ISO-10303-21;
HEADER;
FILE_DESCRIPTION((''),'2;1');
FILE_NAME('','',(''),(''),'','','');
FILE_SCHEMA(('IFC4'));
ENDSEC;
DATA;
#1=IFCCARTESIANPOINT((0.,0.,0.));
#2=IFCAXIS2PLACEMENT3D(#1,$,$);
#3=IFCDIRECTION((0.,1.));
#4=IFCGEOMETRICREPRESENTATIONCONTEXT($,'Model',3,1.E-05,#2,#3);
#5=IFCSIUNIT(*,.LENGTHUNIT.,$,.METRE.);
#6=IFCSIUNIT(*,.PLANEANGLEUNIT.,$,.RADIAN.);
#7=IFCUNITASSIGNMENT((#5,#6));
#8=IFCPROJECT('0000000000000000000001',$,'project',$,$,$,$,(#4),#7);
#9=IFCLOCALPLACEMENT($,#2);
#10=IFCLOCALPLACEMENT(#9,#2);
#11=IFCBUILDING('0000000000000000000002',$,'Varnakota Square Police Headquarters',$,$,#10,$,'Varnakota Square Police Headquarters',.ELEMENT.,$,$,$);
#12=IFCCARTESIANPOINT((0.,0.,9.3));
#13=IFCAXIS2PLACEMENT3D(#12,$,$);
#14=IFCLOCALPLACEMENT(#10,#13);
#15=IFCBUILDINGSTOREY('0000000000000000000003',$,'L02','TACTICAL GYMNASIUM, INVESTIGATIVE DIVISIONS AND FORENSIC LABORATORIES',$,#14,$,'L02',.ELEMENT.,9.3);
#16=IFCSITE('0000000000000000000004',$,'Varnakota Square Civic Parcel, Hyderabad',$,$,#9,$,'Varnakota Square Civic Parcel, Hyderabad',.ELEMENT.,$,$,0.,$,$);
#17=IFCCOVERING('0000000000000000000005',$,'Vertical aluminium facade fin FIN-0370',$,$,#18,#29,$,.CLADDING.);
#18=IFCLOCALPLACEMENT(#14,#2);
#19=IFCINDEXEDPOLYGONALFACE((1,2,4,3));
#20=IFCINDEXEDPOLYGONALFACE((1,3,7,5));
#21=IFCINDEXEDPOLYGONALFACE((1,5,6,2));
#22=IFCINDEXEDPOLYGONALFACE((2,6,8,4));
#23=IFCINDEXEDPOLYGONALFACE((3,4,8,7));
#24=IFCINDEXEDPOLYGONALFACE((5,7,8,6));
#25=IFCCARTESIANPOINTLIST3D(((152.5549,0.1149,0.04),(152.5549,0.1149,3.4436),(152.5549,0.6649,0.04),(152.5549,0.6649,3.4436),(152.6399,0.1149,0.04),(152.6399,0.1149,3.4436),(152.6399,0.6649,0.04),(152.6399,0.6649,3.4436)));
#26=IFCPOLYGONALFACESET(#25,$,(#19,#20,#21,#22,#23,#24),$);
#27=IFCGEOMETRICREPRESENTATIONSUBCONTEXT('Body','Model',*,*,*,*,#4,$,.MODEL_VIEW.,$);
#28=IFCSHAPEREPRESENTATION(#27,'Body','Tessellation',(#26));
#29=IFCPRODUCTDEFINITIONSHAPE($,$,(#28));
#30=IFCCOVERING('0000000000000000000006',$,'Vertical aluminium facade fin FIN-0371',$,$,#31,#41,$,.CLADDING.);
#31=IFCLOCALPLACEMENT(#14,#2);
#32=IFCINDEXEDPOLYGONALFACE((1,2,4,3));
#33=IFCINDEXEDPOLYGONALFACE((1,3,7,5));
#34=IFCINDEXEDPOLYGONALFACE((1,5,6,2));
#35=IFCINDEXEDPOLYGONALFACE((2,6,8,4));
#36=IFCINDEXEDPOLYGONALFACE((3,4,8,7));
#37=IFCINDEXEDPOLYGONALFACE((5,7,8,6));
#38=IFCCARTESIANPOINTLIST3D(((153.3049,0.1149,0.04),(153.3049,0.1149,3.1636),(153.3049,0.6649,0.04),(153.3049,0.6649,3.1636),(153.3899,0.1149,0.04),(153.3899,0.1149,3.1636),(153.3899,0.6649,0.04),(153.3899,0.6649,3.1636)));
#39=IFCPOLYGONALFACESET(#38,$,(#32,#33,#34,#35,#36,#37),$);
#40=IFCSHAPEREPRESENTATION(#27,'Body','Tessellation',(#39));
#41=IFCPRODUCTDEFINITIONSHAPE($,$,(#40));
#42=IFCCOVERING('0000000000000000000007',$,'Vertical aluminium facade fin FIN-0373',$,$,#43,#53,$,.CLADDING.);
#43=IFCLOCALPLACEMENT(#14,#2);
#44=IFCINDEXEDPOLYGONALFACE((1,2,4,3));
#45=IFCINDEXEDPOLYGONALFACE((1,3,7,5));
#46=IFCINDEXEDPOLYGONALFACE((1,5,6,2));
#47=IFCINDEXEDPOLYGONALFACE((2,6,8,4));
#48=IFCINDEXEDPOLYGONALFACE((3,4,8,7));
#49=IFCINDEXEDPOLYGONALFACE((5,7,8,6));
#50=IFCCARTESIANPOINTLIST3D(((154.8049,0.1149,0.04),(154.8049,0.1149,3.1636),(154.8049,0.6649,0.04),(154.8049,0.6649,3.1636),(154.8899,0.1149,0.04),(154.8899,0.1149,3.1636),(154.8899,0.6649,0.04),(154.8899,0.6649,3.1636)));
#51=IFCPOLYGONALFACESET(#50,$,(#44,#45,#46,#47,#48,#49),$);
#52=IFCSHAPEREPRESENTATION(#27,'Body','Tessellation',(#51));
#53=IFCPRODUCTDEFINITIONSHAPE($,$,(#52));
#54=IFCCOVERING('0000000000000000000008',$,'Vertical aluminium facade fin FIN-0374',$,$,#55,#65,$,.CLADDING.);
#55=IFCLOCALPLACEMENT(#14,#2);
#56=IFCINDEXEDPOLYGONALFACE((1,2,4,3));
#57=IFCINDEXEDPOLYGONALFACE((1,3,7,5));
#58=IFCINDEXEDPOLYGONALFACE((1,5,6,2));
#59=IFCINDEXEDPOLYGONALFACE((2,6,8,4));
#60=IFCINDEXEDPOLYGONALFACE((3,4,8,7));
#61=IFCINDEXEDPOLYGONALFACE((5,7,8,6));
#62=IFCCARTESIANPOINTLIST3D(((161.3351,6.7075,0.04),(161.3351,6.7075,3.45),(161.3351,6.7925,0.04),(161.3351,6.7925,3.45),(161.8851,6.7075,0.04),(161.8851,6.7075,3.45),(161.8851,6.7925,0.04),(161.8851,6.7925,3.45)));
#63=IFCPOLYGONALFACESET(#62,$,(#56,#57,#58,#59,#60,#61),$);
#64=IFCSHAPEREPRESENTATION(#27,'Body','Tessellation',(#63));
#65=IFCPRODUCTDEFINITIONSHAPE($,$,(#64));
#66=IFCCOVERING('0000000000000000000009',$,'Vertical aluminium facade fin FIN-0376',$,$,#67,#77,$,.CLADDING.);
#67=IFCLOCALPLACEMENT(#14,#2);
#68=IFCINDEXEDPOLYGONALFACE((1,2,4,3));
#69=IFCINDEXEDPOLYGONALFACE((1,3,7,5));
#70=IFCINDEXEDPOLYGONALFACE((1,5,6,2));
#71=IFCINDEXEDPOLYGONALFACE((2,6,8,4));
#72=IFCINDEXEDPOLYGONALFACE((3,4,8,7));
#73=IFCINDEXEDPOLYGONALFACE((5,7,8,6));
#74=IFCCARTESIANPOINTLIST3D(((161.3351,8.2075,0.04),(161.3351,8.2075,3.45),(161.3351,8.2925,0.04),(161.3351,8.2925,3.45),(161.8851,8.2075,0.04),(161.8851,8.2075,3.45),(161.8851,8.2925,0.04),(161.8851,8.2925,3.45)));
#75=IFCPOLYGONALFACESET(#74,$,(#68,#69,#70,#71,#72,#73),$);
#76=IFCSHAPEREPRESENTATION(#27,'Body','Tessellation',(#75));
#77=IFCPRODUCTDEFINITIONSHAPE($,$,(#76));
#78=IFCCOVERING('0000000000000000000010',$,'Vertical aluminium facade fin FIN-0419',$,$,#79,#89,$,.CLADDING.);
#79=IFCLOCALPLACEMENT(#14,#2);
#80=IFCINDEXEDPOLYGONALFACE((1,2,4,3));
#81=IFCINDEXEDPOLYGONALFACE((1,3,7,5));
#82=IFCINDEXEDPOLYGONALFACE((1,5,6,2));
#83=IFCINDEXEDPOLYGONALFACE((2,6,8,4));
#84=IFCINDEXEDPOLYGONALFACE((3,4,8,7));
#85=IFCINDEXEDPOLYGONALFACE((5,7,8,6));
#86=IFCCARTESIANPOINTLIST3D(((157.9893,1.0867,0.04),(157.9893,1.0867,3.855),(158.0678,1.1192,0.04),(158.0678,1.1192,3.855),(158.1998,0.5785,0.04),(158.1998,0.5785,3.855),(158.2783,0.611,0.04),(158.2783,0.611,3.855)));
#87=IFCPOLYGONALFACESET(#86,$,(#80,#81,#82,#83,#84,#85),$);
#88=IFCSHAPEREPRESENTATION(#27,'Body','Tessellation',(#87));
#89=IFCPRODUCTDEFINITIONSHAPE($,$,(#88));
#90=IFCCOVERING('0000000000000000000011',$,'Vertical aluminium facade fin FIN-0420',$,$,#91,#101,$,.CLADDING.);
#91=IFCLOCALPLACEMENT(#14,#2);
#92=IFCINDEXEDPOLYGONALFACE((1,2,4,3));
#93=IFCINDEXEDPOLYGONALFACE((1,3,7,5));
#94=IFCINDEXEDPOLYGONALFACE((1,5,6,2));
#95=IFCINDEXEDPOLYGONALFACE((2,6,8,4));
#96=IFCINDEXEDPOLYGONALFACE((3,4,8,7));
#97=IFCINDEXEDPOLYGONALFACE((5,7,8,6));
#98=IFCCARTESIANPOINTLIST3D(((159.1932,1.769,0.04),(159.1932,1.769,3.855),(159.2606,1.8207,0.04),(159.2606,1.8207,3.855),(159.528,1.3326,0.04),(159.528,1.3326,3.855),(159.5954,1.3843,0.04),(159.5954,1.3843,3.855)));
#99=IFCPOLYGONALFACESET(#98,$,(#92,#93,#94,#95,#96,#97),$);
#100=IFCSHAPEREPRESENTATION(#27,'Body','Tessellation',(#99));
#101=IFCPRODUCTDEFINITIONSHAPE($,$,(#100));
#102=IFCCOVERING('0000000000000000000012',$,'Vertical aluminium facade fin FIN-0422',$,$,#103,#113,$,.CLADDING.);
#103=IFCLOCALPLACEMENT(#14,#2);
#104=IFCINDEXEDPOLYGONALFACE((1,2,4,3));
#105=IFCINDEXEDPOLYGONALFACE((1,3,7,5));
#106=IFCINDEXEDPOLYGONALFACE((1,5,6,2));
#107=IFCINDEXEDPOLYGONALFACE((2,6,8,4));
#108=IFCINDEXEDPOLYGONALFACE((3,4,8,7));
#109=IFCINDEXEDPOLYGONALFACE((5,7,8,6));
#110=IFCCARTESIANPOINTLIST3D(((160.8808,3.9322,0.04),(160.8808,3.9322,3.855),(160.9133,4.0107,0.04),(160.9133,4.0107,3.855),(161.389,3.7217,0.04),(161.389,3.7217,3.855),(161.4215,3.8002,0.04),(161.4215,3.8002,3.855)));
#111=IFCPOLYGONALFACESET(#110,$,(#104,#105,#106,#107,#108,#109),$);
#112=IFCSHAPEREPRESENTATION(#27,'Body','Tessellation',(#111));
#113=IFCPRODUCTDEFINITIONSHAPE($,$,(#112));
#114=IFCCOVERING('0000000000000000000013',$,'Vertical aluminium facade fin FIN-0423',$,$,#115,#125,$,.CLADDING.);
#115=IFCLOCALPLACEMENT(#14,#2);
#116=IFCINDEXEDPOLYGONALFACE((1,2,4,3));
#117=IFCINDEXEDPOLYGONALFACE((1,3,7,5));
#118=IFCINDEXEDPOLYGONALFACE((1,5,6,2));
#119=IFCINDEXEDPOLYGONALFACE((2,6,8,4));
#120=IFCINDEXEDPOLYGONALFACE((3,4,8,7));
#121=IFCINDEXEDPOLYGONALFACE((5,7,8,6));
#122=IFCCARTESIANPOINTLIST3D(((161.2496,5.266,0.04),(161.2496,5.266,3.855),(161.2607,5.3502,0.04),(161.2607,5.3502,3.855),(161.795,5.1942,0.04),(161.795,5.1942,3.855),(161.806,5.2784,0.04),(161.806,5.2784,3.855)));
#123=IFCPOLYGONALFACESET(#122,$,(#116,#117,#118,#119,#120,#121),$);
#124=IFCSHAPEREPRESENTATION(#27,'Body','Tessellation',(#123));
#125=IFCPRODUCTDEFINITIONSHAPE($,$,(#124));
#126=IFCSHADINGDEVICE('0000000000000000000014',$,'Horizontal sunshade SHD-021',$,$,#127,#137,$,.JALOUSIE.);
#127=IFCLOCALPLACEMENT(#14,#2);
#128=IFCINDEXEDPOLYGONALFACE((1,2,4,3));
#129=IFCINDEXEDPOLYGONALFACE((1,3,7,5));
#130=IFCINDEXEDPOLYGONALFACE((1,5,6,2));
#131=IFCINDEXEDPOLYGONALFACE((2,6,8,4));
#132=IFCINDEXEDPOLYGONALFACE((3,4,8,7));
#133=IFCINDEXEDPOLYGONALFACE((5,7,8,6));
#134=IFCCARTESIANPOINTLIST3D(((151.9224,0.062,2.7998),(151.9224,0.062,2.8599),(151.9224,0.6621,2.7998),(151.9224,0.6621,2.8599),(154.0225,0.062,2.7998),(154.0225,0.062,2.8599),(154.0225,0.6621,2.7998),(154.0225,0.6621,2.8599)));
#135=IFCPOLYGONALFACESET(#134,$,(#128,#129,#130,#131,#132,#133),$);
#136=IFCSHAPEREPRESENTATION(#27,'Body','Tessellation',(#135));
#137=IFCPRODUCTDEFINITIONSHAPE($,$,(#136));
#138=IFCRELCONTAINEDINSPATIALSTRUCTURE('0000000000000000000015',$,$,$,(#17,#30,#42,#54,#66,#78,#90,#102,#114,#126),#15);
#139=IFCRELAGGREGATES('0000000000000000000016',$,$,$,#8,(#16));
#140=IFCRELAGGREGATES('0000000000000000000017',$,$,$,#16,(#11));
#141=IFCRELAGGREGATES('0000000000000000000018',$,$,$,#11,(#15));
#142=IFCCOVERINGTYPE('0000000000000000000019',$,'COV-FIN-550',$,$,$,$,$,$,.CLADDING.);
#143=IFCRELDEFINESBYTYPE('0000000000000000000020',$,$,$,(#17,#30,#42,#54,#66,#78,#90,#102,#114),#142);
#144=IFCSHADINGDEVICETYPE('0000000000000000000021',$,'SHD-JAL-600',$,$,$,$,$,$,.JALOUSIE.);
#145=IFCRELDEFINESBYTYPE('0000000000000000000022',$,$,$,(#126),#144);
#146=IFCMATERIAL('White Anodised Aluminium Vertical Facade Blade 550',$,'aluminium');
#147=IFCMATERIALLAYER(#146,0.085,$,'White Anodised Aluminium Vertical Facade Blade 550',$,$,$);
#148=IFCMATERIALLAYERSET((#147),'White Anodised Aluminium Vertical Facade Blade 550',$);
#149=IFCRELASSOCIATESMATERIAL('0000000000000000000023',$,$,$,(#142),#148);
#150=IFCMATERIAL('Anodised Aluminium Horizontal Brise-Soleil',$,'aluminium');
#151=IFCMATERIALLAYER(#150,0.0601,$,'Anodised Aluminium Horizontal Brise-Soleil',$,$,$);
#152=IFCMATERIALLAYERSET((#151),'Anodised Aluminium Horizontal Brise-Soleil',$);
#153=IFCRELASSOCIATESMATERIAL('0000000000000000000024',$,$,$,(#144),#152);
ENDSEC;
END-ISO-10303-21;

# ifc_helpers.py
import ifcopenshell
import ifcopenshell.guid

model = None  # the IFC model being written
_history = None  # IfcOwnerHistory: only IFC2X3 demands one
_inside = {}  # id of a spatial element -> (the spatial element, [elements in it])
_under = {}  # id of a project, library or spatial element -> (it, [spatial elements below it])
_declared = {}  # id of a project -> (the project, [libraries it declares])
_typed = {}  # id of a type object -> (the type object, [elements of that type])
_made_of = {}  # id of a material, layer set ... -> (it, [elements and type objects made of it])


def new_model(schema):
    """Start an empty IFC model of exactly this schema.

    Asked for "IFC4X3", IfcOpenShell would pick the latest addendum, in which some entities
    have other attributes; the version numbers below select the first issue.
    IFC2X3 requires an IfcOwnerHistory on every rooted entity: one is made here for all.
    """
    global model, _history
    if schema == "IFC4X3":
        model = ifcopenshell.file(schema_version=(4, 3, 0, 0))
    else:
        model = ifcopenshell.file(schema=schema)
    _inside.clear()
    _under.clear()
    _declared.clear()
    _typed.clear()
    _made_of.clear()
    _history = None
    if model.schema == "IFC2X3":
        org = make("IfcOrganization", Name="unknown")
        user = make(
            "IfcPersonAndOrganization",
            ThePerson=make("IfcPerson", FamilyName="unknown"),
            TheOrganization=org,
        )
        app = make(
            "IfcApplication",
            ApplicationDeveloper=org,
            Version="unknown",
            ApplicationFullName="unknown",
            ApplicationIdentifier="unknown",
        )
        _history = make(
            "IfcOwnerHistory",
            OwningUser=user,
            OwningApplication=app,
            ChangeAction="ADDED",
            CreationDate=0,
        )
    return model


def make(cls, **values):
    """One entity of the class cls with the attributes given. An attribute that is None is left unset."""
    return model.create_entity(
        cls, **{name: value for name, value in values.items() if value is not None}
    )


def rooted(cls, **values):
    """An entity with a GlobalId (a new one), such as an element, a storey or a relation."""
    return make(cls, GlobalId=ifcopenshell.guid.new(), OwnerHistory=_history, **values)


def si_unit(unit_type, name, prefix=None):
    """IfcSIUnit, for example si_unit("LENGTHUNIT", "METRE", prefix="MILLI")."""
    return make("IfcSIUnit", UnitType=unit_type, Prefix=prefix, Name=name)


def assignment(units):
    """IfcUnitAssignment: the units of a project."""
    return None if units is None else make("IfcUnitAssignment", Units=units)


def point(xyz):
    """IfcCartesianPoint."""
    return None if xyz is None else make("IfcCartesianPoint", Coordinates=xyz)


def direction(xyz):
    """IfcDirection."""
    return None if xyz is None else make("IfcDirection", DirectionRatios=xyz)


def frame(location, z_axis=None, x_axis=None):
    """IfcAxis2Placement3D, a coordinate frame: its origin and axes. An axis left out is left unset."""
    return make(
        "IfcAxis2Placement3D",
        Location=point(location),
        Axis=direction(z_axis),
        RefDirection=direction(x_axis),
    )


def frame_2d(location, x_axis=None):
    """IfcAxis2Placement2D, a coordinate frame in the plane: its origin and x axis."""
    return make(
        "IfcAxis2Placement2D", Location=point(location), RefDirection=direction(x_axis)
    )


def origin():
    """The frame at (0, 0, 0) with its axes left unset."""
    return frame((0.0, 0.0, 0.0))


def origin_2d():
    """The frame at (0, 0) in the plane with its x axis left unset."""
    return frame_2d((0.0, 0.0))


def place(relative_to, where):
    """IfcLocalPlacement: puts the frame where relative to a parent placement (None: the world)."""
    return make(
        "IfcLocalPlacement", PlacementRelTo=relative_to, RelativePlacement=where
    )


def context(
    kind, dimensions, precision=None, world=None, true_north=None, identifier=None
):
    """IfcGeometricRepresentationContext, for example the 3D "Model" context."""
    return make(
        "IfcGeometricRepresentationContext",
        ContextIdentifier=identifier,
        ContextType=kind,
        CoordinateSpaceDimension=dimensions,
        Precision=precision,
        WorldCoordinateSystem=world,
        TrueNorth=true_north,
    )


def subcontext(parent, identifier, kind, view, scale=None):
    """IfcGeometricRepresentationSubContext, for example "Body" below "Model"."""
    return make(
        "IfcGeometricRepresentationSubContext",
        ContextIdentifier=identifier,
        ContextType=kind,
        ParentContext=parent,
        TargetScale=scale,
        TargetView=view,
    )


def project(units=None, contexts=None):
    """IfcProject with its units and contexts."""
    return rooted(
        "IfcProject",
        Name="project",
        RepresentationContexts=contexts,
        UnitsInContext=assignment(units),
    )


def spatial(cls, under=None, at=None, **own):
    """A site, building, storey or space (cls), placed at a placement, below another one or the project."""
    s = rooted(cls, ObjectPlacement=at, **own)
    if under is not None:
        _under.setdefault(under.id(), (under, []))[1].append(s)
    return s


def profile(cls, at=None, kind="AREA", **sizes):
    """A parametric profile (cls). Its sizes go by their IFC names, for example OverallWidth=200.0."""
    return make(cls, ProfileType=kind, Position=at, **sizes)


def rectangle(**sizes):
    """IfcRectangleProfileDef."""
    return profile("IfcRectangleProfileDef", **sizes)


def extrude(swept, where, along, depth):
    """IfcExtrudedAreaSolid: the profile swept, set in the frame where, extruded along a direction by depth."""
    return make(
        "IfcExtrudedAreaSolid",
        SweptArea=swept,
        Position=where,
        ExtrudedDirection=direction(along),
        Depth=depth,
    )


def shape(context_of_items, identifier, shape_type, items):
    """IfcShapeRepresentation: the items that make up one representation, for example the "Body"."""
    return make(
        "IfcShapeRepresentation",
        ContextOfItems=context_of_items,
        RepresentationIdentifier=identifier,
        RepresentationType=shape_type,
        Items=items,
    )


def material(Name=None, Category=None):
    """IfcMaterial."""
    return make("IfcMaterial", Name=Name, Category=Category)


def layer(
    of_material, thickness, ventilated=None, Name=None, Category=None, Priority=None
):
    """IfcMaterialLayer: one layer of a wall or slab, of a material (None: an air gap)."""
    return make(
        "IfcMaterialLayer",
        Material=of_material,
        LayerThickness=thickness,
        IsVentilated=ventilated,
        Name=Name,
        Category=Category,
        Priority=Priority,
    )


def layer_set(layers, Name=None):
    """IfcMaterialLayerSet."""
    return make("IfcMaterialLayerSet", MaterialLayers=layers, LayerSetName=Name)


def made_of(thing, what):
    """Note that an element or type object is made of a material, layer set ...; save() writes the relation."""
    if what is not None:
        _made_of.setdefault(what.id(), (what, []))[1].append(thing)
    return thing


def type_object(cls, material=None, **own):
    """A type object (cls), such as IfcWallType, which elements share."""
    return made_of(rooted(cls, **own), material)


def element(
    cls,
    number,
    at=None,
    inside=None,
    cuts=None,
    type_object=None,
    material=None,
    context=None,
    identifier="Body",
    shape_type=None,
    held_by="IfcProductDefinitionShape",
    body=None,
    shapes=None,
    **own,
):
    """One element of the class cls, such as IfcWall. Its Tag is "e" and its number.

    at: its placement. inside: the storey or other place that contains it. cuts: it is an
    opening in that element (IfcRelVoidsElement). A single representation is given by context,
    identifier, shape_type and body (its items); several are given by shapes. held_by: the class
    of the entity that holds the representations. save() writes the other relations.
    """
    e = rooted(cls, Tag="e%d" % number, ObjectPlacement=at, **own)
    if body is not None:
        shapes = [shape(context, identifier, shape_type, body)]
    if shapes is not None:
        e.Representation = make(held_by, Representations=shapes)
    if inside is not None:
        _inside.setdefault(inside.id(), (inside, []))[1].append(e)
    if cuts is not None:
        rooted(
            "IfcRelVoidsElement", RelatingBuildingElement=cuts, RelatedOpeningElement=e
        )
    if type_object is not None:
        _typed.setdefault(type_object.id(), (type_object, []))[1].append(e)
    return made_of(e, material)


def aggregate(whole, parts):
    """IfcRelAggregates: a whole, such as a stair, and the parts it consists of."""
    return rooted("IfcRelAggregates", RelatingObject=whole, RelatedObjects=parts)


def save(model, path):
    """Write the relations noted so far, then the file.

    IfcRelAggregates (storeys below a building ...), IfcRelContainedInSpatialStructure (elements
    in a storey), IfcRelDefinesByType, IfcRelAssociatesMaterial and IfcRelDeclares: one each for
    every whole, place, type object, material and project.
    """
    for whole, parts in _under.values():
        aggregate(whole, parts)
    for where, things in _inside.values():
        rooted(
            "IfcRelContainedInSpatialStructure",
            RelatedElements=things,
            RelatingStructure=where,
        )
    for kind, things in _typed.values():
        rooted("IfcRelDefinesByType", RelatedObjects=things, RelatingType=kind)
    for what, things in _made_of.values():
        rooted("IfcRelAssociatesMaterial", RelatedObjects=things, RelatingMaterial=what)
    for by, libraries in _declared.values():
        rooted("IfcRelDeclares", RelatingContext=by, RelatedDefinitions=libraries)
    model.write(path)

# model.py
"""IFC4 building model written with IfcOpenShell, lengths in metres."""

from ifc_helpers import new_model, si_unit, direction, frame, origin, origin_2d, place, context, subcontext, project, spatial, rectangle, extrude, material, layer, layer_set, type_object, element, save


model = new_model("IFC4")

# Units and contexts
model_context = context("Model", 3, precision=1e-05, world=origin(), true_north=direction((0.0, 1.0)))
body_context = subcontext(model_context, "Body", "Model", "MODEL_VIEW")
ifc_project = project(units=[si_unit("LENGTHUNIT", "METRE"), si_unit("PLANEANGLEUNIT", "RADIAN")], contexts=[model_context])

# Site, building, storey
site_placement = place(None, origin())
site = spatial("IfcSite", under=ifc_project, at=site_placement, Name="Varnakota Square Civic Parcel, Hyderabad", LongName="Varnakota Square Civic Parcel, Hyderabad", CompositionType="ELEMENT", RefElevation=0.0)
building_placement = place(site_placement, origin())
building = spatial("IfcBuilding", under=site, at=building_placement, Name="Varnakota Square Police Headquarters", LongName="Varnakota Square Police Headquarters", CompositionType="ELEMENT")
storey_placement = place(building_placement, frame((0.0, 0.0, 9.3)))
storey = spatial("IfcBuildingStorey", under=building, at=storey_placement, Name="L02", Description="TACTICAL GYMNASIUM, INVESTIGATIVE DIVISIONS AND FORENSIC LABORATORIES", LongName="L02", CompositionType="ELEMENT", Elevation=9.3)

# Coverings
ifc_material_1 = material(Name="White Anodised Aluminium Vertical Facade Blade 550", Category="aluminium")
ifc_layer_1 = layer(ifc_material_1, 0.085, Name="White Anodised Aluminium Vertical Facade Blade 550")
ifc_layer_set_1 = layer_set([ifc_layer_1], Name="White Anodised Aluminium Vertical Facade Blade 550")
covering_type_1 = type_object("IfcCoveringType", Name="COV-FIN-550", PredefinedType="CLADDING", material=ifc_layer_set_1)
for number, where, z_axis, x_axis, name in (
    (1, (152.5974, 0.3899, 0.04), (0.0, 0.0, 1.0), (1.0, 0.0, 0.0), "Vertical aluminium facade fin FIN-0370"),
):
    element("IfcCovering", number, at=place(storey_placement, frame(where, z_axis=z_axis, x_axis=x_axis)), inside=storey, type_object=covering_type_1, Name=name, PredefinedType="CLADDING", context=body_context, shape_type="SweptSolid", body=[
        extrude(rectangle(XDim=0.085, YDim=0.55, at=origin_2d()), origin(), (0.0, 0.0, 1.0), 3.4036),
    ])
for number, where, z_axis, x_axis, name in (
    (2, (153.3474, 0.3899, 0.04), (0.0, 0.0, 1.0), (1.0, 0.0, 0.0), "Vertical aluminium facade fin FIN-0371"),
    (3, (154.8474, 0.3899, 0.04), (0.0, 0.0, 1.0), (1.0, 0.0, 0.0), "Vertical aluminium facade fin FIN-0373"),
):
    element("IfcCovering", number, at=place(storey_placement, frame(where, z_axis=z_axis, x_axis=x_axis)), inside=storey, type_object=covering_type_1, Name=name, PredefinedType="CLADDING", context=body_context, shape_type="SweptSolid", body=[
        extrude(rectangle(XDim=0.085, YDim=0.55, at=origin_2d()), origin(), (0.0, 0.0, 1.0), 3.1235),
    ])
for number, where, z_axis, x_axis, name in (
    (4, (161.6101, 6.75, 0.04), (0.0, 0.0, 1.0), (0.0, 1.0, 0.0), "Vertical aluminium facade fin FIN-0374"),
    (5, (161.6101, 8.25, 0.04), (0.0, 0.0, 1.0), (0.0, 1.0, 0.0), "Vertical aluminium facade fin FIN-0376"),
):
    element("IfcCovering", number, at=place(storey_placement, frame(where, z_axis=z_axis, x_axis=x_axis)), inside=storey, type_object=covering_type_1, Name=name, PredefinedType="CLADDING", context=body_context, shape_type="SweptSolid", body=[
        extrude(rectangle(XDim=0.085, YDim=0.55, at=origin_2d()), origin(), (0.0, 0.0, 1.0), 3.4099),
    ])
for number, where, z_axis, x_axis, name in (
    (6, (158.1338, 0.8489, 0.04), (0.0, 0.0, 1.0), (0.92388, 0.382683, 0.0), "Vertical aluminium facade fin FIN-0419"),
    (7, (159.3943, 1.5767, 0.04), (0.0, 0.0, 1.0), (0.793353, 0.608761, 0.0), "Vertical aluminium facade fin FIN-0420"),
    (8, (161.1511, 3.8662, 0.04), (0.0, 0.0, 1.0), (0.382683, 0.92388, 0.0), "Vertical aluminium facade fin FIN-0422"),
    (9, (161.5278, 5.2722, 0.04), (0.0, 0.0, 1.0), (0.130526, 0.991445, 0.0), "Vertical aluminium facade fin FIN-0423"),
):
    element("IfcCovering", number, at=place(storey_placement, frame(where, z_axis=z_axis, x_axis=x_axis)), inside=storey, type_object=covering_type_1, Name=name, PredefinedType="CLADDING", context=body_context, shape_type="SweptSolid", body=[
        extrude(rectangle(XDim=0.085, YDim=0.55, at=origin_2d()), origin(), (0.0, 0.0, 1.0), 3.8149),
    ])

# Shading device
ifc_material_2 = material(Name="Anodised Aluminium Horizontal Brise-Soleil", Category="aluminium")
ifc_layer_2 = layer(ifc_material_2, 0.0601, Name="Anodised Aluminium Horizontal Brise-Soleil")
ifc_layer_set_2 = layer_set([ifc_layer_2], Name="Anodised Aluminium Horizontal Brise-Soleil")
shading_device_type = type_object("IfcShadingDeviceType", Name="SHD-JAL-600", PredefinedType="JALOUSIE", material=ifc_layer_set_2)
shading_device_placement = place(storey_placement, frame((152.9724, 0.3621, 2.7998), z_axis=(0.0, 0.0, 1.0), x_axis=(1.0, 0.0, 0.0)))
element("IfcShadingDevice", 10, at=shading_device_placement, inside=storey, type_object=shading_device_type, Name="Horizontal sunshade SHD-021", PredefinedType="JALOUSIE", context=body_context, shape_type="SweptSolid", body=[
    extrude(rectangle(XDim=2.1001, YDim=0.6001, at=origin_2d()), origin(), (0.0, 0.0, 1.0), 0.0601),
])

save(model, "model.ifc")
